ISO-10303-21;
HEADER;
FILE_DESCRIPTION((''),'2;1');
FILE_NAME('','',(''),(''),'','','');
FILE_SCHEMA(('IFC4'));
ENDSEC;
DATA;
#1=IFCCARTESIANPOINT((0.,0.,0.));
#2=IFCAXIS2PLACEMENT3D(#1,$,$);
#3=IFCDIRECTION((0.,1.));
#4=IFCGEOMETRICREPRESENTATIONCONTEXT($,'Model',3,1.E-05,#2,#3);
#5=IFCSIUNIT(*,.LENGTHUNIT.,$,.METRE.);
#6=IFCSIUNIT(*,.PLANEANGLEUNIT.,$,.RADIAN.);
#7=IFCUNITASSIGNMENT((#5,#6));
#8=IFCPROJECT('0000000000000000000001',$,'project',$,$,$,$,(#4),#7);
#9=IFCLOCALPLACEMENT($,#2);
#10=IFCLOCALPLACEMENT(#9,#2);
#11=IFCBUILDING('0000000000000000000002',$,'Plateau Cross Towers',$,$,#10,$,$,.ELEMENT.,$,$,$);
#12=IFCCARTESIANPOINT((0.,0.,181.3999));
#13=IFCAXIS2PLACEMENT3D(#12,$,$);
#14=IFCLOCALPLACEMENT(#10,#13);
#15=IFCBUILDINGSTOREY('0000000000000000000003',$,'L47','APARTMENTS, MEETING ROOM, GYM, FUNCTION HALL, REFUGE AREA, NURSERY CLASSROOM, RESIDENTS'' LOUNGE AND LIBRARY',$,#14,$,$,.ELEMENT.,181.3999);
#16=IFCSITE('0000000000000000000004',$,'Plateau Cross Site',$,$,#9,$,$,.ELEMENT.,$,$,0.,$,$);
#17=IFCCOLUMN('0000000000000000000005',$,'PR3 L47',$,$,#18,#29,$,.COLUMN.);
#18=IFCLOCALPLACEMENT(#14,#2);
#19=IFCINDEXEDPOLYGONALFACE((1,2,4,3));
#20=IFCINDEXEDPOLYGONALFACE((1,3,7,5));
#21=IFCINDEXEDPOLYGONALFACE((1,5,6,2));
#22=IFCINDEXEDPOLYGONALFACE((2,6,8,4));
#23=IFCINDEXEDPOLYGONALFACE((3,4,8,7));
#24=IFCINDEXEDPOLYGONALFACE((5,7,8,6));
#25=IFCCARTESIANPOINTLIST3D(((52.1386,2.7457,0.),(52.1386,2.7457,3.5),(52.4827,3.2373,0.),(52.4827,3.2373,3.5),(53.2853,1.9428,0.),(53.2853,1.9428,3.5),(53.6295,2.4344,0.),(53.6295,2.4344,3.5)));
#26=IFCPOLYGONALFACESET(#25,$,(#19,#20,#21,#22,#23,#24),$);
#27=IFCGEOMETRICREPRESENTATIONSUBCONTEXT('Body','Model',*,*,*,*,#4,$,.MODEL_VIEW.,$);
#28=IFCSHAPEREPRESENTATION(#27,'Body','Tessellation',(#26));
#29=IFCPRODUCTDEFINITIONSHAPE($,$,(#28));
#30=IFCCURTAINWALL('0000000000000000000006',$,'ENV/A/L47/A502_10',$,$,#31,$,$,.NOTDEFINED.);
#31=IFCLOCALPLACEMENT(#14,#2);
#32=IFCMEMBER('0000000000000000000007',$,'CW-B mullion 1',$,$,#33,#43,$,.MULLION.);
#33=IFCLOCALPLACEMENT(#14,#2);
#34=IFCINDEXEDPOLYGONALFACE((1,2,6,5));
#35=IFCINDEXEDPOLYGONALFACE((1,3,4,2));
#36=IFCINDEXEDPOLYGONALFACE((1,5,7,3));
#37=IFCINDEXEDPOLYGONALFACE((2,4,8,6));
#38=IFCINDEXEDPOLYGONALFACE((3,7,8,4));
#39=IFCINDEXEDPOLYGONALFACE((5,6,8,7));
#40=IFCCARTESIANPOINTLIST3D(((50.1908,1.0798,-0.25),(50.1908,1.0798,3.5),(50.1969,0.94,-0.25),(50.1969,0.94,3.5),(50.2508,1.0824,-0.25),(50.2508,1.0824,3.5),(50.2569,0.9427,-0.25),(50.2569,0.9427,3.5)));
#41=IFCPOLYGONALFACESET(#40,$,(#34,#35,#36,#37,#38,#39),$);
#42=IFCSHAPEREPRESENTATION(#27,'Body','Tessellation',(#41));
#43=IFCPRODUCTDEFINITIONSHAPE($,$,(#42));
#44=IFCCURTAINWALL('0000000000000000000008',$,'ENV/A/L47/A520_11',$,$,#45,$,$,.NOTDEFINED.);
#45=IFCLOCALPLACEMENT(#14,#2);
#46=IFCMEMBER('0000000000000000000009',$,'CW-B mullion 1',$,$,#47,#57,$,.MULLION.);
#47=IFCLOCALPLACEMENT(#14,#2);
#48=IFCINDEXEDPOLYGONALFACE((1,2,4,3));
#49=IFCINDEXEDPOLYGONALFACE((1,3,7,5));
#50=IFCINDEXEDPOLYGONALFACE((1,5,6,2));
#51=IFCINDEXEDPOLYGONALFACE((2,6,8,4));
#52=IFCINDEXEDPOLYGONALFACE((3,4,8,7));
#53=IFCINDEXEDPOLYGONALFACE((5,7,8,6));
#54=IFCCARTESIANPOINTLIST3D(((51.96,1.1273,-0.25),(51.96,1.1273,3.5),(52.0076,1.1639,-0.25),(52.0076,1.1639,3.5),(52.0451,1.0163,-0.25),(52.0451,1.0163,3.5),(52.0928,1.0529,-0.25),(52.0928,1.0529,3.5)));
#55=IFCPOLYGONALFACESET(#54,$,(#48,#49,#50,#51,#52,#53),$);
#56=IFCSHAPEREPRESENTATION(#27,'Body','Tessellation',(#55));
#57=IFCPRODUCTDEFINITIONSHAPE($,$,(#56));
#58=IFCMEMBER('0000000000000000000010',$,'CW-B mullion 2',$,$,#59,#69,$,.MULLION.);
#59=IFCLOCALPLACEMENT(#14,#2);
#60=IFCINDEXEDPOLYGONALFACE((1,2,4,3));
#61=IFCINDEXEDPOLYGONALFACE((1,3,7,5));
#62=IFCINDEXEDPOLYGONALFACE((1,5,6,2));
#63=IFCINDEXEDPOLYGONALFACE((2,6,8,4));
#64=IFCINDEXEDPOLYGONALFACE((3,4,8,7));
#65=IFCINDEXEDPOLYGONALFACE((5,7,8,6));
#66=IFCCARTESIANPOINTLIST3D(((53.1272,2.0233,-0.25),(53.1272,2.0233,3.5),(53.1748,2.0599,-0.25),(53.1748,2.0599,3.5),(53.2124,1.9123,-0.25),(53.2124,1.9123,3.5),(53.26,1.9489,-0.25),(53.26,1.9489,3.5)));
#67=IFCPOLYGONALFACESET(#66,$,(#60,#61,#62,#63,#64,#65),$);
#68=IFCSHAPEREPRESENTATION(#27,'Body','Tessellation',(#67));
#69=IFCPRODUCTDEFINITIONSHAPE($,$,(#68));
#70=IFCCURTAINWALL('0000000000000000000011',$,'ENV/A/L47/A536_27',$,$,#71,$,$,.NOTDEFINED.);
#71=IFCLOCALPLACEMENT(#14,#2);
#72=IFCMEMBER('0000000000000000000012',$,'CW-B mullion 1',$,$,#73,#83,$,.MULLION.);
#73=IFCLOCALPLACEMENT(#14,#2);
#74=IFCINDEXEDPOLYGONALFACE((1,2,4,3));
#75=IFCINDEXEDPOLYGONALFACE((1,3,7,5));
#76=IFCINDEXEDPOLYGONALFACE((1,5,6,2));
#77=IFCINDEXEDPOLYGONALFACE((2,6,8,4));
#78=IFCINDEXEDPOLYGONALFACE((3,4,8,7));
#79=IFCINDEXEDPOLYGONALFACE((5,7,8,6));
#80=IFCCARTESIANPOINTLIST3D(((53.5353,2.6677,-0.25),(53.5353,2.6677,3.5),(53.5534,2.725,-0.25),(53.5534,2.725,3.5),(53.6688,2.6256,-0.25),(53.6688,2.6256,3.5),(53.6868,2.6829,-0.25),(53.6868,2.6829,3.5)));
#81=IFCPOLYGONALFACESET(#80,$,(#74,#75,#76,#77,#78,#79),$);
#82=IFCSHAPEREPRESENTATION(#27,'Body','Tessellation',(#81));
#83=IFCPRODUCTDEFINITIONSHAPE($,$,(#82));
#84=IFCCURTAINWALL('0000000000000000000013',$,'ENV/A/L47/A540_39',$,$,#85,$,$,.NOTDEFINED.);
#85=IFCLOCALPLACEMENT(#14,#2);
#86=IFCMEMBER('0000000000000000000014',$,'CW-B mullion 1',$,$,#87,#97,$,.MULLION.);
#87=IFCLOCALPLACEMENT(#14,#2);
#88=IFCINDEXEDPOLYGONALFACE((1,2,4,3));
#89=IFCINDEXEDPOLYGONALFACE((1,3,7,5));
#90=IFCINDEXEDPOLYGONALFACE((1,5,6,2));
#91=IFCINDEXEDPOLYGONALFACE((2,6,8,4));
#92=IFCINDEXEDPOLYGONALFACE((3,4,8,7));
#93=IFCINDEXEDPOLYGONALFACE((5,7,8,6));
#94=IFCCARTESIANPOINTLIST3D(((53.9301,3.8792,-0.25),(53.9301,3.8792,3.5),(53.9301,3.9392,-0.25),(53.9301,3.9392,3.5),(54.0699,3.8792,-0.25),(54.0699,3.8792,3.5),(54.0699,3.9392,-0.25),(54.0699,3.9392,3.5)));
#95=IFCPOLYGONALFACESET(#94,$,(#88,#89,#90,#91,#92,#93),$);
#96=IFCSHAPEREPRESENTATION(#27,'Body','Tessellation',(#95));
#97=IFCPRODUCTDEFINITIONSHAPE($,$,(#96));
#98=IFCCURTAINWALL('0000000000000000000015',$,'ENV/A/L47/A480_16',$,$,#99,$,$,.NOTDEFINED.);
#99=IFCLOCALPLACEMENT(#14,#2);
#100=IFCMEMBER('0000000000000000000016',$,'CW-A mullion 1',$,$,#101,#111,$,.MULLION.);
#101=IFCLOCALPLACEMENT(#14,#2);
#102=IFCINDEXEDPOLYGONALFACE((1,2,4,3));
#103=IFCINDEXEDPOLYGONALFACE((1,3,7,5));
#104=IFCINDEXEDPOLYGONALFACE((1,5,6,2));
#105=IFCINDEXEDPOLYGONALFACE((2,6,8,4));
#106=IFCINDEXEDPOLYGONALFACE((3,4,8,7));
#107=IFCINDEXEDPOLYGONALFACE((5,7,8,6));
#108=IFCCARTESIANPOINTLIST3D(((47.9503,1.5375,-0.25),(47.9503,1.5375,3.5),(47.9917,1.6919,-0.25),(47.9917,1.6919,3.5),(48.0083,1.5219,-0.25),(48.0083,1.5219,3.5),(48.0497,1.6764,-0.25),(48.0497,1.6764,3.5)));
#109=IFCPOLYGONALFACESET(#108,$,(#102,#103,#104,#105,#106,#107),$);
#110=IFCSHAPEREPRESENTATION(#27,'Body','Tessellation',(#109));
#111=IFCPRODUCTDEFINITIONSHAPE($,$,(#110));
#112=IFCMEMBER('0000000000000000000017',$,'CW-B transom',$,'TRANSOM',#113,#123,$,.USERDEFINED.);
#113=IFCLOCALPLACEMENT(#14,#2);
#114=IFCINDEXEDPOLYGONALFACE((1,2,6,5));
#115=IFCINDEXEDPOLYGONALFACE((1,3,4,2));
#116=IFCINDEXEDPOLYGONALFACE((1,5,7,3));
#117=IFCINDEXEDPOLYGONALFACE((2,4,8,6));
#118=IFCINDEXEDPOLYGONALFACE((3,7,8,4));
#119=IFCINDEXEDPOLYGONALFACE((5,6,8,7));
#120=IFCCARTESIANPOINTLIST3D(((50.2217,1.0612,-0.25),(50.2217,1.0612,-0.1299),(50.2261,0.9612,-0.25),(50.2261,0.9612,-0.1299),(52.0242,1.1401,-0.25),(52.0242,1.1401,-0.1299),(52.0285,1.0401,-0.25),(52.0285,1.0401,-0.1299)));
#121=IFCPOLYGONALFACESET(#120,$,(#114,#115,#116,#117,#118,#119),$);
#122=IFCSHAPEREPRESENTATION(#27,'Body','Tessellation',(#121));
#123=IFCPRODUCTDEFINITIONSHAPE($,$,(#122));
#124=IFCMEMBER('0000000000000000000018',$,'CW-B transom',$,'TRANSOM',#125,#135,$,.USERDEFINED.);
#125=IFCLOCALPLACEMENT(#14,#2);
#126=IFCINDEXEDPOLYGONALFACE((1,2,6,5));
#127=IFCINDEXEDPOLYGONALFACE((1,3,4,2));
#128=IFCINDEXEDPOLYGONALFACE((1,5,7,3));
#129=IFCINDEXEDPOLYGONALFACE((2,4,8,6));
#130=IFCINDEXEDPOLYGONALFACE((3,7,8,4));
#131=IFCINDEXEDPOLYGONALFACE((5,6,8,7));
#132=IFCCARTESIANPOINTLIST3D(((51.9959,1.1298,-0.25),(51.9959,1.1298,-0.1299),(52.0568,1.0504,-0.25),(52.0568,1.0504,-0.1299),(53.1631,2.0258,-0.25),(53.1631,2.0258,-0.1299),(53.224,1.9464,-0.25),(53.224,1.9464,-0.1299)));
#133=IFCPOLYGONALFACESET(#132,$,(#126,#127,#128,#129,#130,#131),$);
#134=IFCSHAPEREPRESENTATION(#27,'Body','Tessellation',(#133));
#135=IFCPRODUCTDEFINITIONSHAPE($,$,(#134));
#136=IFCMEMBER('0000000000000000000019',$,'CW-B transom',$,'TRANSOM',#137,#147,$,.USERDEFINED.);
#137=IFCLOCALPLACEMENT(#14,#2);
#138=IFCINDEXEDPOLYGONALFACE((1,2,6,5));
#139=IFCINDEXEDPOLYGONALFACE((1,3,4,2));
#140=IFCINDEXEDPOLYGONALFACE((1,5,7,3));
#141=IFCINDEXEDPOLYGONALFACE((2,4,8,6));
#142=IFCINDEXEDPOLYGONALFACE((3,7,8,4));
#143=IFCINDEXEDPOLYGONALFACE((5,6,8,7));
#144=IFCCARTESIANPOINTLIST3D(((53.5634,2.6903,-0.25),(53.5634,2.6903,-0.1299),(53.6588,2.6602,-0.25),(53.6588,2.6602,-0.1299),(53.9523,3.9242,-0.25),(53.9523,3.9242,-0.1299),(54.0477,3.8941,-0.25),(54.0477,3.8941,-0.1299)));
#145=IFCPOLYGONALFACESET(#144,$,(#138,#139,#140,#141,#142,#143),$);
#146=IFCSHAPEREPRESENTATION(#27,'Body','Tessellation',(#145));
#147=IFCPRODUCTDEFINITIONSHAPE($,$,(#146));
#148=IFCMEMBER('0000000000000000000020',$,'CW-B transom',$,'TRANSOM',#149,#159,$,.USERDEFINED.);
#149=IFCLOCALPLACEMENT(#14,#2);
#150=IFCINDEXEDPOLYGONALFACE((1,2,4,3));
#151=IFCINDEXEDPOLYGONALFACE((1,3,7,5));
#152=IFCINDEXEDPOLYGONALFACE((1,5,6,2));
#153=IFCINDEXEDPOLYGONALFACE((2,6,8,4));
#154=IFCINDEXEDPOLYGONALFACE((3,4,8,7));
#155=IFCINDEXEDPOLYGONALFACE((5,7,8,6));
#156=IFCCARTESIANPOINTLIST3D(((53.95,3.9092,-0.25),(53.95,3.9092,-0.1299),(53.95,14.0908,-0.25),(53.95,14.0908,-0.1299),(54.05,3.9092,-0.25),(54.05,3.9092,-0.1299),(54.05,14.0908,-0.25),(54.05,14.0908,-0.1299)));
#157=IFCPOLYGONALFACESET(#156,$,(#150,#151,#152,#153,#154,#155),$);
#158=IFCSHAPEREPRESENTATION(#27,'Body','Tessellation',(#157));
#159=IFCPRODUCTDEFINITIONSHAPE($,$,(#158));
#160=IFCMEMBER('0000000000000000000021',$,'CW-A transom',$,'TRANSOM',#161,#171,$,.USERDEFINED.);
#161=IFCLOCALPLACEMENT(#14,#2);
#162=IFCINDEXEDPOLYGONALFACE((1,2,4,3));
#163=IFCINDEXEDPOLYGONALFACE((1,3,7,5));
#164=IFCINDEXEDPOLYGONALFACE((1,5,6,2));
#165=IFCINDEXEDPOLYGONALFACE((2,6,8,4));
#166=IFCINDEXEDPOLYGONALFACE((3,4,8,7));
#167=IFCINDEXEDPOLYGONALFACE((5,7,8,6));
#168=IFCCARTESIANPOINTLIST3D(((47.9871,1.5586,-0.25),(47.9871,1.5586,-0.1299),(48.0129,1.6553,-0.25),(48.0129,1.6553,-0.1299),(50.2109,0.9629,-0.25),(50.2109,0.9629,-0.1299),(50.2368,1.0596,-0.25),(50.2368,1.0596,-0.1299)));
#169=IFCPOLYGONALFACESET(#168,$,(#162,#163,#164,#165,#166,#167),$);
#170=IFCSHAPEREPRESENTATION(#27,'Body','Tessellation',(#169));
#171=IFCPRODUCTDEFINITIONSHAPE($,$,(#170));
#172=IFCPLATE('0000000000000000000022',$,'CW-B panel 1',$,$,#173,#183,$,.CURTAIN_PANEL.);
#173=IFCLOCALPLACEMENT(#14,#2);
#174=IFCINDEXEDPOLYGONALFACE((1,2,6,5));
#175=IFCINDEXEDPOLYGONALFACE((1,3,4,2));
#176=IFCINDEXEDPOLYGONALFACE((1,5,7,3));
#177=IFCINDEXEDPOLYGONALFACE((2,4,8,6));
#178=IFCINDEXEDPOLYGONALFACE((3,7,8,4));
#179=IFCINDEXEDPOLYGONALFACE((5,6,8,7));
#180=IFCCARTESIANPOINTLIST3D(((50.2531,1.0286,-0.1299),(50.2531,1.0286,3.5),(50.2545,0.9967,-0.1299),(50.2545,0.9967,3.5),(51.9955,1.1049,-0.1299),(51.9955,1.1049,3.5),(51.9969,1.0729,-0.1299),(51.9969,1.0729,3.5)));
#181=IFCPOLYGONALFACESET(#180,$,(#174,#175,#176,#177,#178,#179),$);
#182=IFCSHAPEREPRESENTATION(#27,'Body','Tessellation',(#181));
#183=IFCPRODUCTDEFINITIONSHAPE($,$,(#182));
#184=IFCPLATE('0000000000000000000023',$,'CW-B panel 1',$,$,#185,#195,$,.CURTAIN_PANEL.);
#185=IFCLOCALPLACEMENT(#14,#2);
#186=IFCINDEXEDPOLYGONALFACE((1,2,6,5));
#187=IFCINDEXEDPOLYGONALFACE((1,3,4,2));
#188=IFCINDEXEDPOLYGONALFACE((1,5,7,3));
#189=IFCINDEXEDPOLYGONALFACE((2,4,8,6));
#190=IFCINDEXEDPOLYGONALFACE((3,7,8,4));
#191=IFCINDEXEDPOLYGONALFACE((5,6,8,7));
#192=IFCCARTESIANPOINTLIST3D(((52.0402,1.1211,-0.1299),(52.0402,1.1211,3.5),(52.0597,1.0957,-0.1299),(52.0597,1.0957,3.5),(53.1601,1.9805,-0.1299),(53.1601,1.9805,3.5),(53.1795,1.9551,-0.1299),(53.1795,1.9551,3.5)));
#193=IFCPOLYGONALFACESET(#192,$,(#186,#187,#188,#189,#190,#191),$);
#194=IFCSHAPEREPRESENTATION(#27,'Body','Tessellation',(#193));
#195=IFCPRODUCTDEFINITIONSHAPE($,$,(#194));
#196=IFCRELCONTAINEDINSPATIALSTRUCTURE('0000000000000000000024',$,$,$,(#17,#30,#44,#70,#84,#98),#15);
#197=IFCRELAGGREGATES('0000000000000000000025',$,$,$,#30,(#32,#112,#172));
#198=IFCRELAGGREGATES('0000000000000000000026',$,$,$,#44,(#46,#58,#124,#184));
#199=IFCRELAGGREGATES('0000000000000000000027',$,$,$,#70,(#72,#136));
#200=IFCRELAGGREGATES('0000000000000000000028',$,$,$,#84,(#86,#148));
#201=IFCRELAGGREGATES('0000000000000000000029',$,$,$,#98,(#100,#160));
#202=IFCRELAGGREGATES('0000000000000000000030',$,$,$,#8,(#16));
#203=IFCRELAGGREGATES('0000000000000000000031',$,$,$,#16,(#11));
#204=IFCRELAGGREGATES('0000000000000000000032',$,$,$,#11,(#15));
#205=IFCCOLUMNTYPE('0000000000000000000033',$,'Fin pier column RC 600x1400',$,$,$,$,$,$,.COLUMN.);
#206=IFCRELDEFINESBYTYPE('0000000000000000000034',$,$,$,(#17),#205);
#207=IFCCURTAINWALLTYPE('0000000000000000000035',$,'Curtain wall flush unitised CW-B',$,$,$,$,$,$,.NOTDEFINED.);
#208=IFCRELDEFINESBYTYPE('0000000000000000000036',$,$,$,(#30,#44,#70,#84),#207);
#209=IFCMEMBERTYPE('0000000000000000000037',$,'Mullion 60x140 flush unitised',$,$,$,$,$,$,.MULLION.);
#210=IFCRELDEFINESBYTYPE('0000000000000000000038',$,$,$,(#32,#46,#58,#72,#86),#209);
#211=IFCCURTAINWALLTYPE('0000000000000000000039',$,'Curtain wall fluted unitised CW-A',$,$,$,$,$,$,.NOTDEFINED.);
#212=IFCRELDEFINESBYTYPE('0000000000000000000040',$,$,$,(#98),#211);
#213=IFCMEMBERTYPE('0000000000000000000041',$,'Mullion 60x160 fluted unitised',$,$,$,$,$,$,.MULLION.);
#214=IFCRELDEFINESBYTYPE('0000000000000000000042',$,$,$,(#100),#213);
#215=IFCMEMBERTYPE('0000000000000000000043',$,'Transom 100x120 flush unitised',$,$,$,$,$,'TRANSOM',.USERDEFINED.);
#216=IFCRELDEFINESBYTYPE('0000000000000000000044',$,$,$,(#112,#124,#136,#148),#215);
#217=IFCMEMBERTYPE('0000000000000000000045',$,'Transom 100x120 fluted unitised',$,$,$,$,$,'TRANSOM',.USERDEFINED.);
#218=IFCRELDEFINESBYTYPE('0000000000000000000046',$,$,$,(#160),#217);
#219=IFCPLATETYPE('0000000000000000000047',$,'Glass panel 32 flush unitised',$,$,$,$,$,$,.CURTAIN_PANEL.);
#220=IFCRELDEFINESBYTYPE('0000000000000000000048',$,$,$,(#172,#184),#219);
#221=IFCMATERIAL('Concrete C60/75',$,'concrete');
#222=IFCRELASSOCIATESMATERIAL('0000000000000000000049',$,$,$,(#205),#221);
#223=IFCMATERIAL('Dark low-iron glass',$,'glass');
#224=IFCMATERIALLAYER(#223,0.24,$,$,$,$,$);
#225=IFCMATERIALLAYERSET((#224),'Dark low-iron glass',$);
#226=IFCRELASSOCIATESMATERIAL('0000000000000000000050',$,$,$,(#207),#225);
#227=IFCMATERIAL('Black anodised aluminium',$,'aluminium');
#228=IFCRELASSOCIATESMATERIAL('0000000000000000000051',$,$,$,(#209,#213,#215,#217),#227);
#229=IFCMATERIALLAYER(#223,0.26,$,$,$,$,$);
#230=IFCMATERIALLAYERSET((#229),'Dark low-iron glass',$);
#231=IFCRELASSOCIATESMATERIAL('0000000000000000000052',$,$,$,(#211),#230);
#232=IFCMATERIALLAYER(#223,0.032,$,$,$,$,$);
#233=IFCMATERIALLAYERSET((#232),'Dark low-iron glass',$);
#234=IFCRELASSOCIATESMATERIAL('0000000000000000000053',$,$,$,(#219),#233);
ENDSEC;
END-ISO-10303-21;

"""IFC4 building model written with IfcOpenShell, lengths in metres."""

from ifc_helpers import new_model, si_unit, direction, frame, origin, origin_2d, place, context, subcontext, project, spatial, rectangle, extrude, material, layer, layer_set, material_profile, profile_set, type_object, element, aggregate, save


model = new_model("IFC4")

# Units and contexts
model_context = context("Model", 3, precision=1e-05, world=origin(), true_north=direction((0.0, 1.0)))
body_context = subcontext(model_context, "Body", "Model", "MODEL_VIEW")
ifc_project = project(units=[si_unit("LENGTHUNIT", "METRE"), si_unit("PLANEANGLEUNIT", "RADIAN")], contexts=[model_context])

# Site, building, storey
site_placement = place(None, origin())
site = spatial("IfcSite", under=ifc_project, at=site_placement, Name="Plateau Cross Site", CompositionType="ELEMENT", RefElevation=0.0)
building_placement = place(site_placement, origin())
building = spatial("IfcBuilding", under=site, at=building_placement, Name="Plateau Cross Towers", CompositionType="ELEMENT")
storey_placement = place(building_placement, frame((0.0, 0.0, 181.3999)))
storey = spatial("IfcBuildingStorey", under=building, at=storey_placement, Name="L47", Description="APARTMENTS, MEETING ROOM, GYM, FUNCTION HALL, REFUGE AREA, NURSERY CLASSROOM, RESIDENTS' LOUNGE AND LIBRARY", CompositionType="ELEMENT", Elevation=181.3999)

# Column
ifc_material_1 = material(Name="Concrete C60/75", Category="concrete")
ifc_material_profile_1 = material_profile(ifc_material_1, rectangle(XDim=0.6001, YDim=1.3999, at=origin_2d()), Name="RC 600x1400")
ifc_profile_set_1 = profile_set([ifc_material_profile_1], Name="Concrete C60/75")
column_type = type_object("IfcColumnType", Name="Fin pier column RC 600x1400", PredefinedType="COLUMN", material=ifc_profile_set_1)
column_placement = place(storey_placement, frame((52.884, 2.5901, 0.0), z_axis=(0.0, 0.0, 1.0), x_axis=(0.573543, 0.819176, 0.0)))
element("IfcColumn", 1, at=column_placement, inside=storey, type_object=column_type, Name="PR3 L47", PredefinedType="COLUMN", context=body_context, shape_type="SweptSolid", body=[
    extrude(rectangle(XDim=0.6001, YDim=1.3999, at=origin_2d()), origin(), (0.0, 0.0, 1.0), 3.5),
])

# Curtain wall, member
ifc_material_2 = material(Name="Dark low-iron glass", Category="glass")
ifc_layer_1 = layer(ifc_material_2, 0.24)
ifc_layer_set_1 = layer_set([ifc_layer_1], Name="Dark low-iron glass")
curtain_wall_type_1 = type_object("IfcCurtainWallType", Name="Curtain wall flush unitised CW-B", PredefinedType="NOTDEFINED", material=ifc_layer_set_1)
curtain_wall_1_placement = place(storey_placement, origin())
curtain_wall_1 = element("IfcCurtainWall", 2, at=curtain_wall_1_placement, inside=storey, type_object=curtain_wall_type_1, Name="ENV/A/L47/A502_10", PredefinedType="NOTDEFINED")
ifc_material_3 = material(Name="Black anodised aluminium", Category="aluminium")
ifc_material_profile_2 = material_profile(ifc_material_3, rectangle(XDim=0.0601, YDim=0.1399, at=origin_2d()), Name="MULLION 60x140")
ifc_profile_set_2 = profile_set([ifc_material_profile_2], Name="Black anodised aluminium")
member_type_1 = type_object("IfcMemberType", Name="Mullion 60x140 flush unitised", PredefinedType="MULLION", material=ifc_profile_set_2)
member_1_placement = place(storey_placement, frame((50.2239, 1.0112, -0.25), z_axis=(0.0, 0.0, 1.0), x_axis=(0.999044, 0.043723, 0.0)))
member_1 = element("IfcMember", 3, at=member_1_placement, type_object=member_type_1, Name="CW-B mullion 1", PredefinedType="MULLION", context=body_context, shape_type="SweptSolid", body=[
    extrude(rectangle(XDim=0.0601, YDim=0.1399, at=origin_2d()), origin(), (0.0, 0.0, 1.0), 3.75),
])

# Curtain wall, members
curtain_wall_2_placement = place(storey_placement, origin())
curtain_wall_2 = element("IfcCurtainWall", 4, at=curtain_wall_2_placement, inside=storey, type_object=curtain_wall_type_1, Name="ENV/A/L47/A520_11", PredefinedType="NOTDEFINED")
member_2_placement = place(storey_placement, frame((52.0264, 1.0901, -0.25), z_axis=(0.0, 0.0, 1.0), x_axis=(0.793316, 0.608811, 0.0)))
member_2 = element("IfcMember", 5, at=member_2_placement, type_object=member_type_1, Name="CW-B mullion 1", PredefinedType="MULLION", context=body_context, shape_type="SweptSolid", body=[
    extrude(rectangle(XDim=0.0601, YDim=0.1399, at=origin_2d()), origin(), (0.0, 0.0, 1.0), 3.75),
])
member_3_placement = place(storey_placement, frame((53.1936, 1.9861, -0.25), z_axis=(0.0, 0.0, 1.0), x_axis=(0.793316, 0.608811, 0.0)))
member_3 = element("IfcMember", 6, at=member_3_placement, type_object=member_type_1, Name="CW-B mullion 2", PredefinedType="MULLION", context=body_context, shape_type="SweptSolid", body=[
    extrude(rectangle(XDim=0.0601, YDim=0.1399, at=origin_2d()), origin(), (0.0, 0.0, 1.0), 3.75),
])

# Curtain walls, members
curtain_wall_3_placement = place(storey_placement, origin())
curtain_wall_3 = element("IfcCurtainWall", 7, at=curtain_wall_3_placement, inside=storey, type_object=curtain_wall_type_1, Name="ENV/A/L47/A536_27", PredefinedType="NOTDEFINED")
member_4_placement = place(storey_placement, frame((53.6111, 2.6753, -0.25), z_axis=(0.0, 0.0, 1.0), x_axis=(0.300686, 0.953723, 0.0)))
member_4 = element("IfcMember", 8, at=member_4_placement, type_object=member_type_1, Name="CW-B mullion 1", PredefinedType="MULLION", context=body_context, shape_type="SweptSolid", body=[
    extrude(rectangle(XDim=0.0601, YDim=0.1399, at=origin_2d()), origin(), (0.0, 0.0, 1.0), 3.75),
])
curtain_wall_4_placement = place(storey_placement, origin())
curtain_wall_4 = element("IfcCurtainWall", 9, at=curtain_wall_4_placement, inside=storey, type_object=curtain_wall_type_1, Name="ENV/A/L47/A540_39", PredefinedType="NOTDEFINED")
member_5_placement = place(storey_placement, frame((54.0, 3.9092, -0.25), z_axis=(0.0, 0.0, 1.0), x_axis=(0.0, 1.0, 0.0)))
member_5 = element("IfcMember", 10, at=member_5_placement, type_object=member_type_1, Name="CW-B mullion 1", PredefinedType="MULLION", context=body_context, shape_type="SweptSolid", body=[
    extrude(rectangle(XDim=0.0601, YDim=0.1399, at=origin_2d()), origin(), (0.0, 0.0, 1.0), 3.75),
])
ifc_layer_2 = layer(ifc_material_2, 0.26)
ifc_layer_set_2 = layer_set([ifc_layer_2], Name="Dark low-iron glass")
curtain_wall_type_2 = type_object("IfcCurtainWallType", Name="Curtain wall fluted unitised CW-A", PredefinedType="NOTDEFINED", material=ifc_layer_set_2)
curtain_wall_5_placement = place(storey_placement, origin())
curtain_wall_5 = element("IfcCurtainWall", 11, at=curtain_wall_5_placement, inside=storey, type_object=curtain_wall_type_2, Name="ENV/A/L47/A480_16", PredefinedType="NOTDEFINED")
ifc_material_profile_3 = material_profile(ifc_material_3, rectangle(XDim=0.0601, YDim=0.1599, at=origin_2d()), Name="MULLION 60x160")
ifc_profile_set_3 = profile_set([ifc_material_profile_3], Name="Black anodised aluminium")
member_type_2 = type_object("IfcMemberType", Name="Mullion 60x160 fluted unitised", PredefinedType="MULLION", material=ifc_profile_set_3)
member_6_placement = place(storey_placement, frame((48.0, 1.6069, -0.25), z_axis=(0.0, 0.0, 1.0), x_axis=(0.965958, -0.258699, 0.0)))
member_6 = element("IfcMember", 12, at=member_6_placement, type_object=member_type_2, Name="CW-A mullion 1", PredefinedType="MULLION", context=body_context, shape_type="SweptSolid", body=[
    extrude(rectangle(XDim=0.0601, YDim=0.1599, at=origin_2d()), origin(), (0.0, 0.0, 1.0), 3.75),
])

# Members
ifc_material_profile_4 = material_profile(ifc_material_3, rectangle(XDim=0.1001, YDim=0.1201, at=origin_2d()), Name="TRANSOM 100x120")
ifc_profile_set_4 = profile_set([ifc_material_profile_4], Name="Black anodised aluminium")
member_type_3 = type_object("IfcMemberType", Name="Transom 100x120 flush unitised", ElementType="TRANSOM", PredefinedType="USERDEFINED", material=ifc_profile_set_4)
member_7_placement = place(storey_placement, frame((50.2239, 1.0112, -0.1899), z_axis=(0.999044, 0.043707, 0.0), x_axis=(-0.043707, 0.999044, 0.0)))
member_7 = element("IfcMember", 13, at=member_7_placement, type_object=member_type_3, Name="CW-B transom", ObjectType="TRANSOM", PredefinedType="USERDEFINED", context=body_context, shape_type="SweptSolid", body=[
    extrude(rectangle(XDim=0.1001, YDim=0.1201, at=origin_2d()), origin(), (0.0, 0.0, 1.0), 1.8042),
])
member_8_placement = place(storey_placement, frame((52.0264, 1.0901, -0.1899), z_axis=(0.79324, 0.608909, 0.0), x_axis=(-0.608909, 0.79324, 0.0)))
member_8 = element("IfcMember", 14, at=member_8_placement, type_object=member_type_3, Name="CW-B transom", ObjectType="TRANSOM", PredefinedType="USERDEFINED", context=body_context, shape_type="SweptSolid", body=[
    extrude(rectangle(XDim=0.1001, YDim=0.1201, at=origin_2d()), origin(), (0.0, 0.0, 1.0), 1.4714),
])
member_9_placement = place(storey_placement, frame((53.6111, 2.6753, -0.1899), z_axis=(0.300617, 0.953745, 0.0), x_axis=(-0.953745, 0.300617, 0.0)))
member_9 = element("IfcMember", 15, at=member_9_placement, type_object=member_type_3, Name="CW-B transom", ObjectType="TRANSOM", PredefinedType="USERDEFINED", context=body_context, shape_type="SweptSolid", body=[
    extrude(rectangle(XDim=0.1001, YDim=0.1201, at=origin_2d()), origin(), (0.0, 0.0, 1.0), 1.2937),
])
member_10_placement = place(storey_placement, frame((54.0, 3.9092, -0.1899), z_axis=(0.0, 1.0, 0.0), x_axis=(-1.0, 0.0, 0.0)))
member_10 = element("IfcMember", 16, at=member_10_placement, type_object=member_type_3, Name="CW-B transom", ObjectType="TRANSOM", PredefinedType="USERDEFINED", context=body_context, shape_type="SweptSolid", body=[
    extrude(rectangle(XDim=0.1001, YDim=0.1201, at=origin_2d()), origin(), (0.0, 0.0, 1.0), 10.1816),
])
ifc_material_profile_5 = material_profile(ifc_material_3, rectangle(XDim=0.1001, YDim=0.1201, at=origin_2d()), Name="TRANSOM 100x120")
ifc_profile_set_5 = profile_set([ifc_material_profile_5], Name="Black anodised aluminium")
member_type_4 = type_object("IfcMemberType", Name="Transom 100x120 fluted unitised", ElementType="TRANSOM", PredefinedType="USERDEFINED", material=ifc_profile_set_5)
member_11_placement = place(storey_placement, frame((48.0, 1.6069, -0.1899), z_axis=(0.965946, -0.258745, 0.0), x_axis=(0.258745, 0.965946, 0.0)))
member_11 = element("IfcMember", 17, at=member_11_placement, type_object=member_type_4, Name="CW-A transom", ObjectType="TRANSOM", PredefinedType="USERDEFINED", context=body_context, shape_type="SweptSolid", body=[
    extrude(rectangle(XDim=0.1001, YDim=0.1201, at=origin_2d()), origin(), (0.0, 0.0, 1.0), 2.3022),
])

# Plates
ifc_layer_3 = layer(ifc_material_2, 0.032)
ifc_layer_set_3 = layer_set([ifc_layer_3], Name="Dark low-iron glass")
plate_type_1 = type_object("IfcPlateType", Name="Glass panel 32 flush unitised", PredefinedType="CURTAIN_PANEL", material=ifc_layer_set_3)
plate_1_placement = place(storey_placement, frame((51.125, 1.0508, -0.1299), z_axis=(0.0, 0.0, 1.0), x_axis=(0.999044, 0.043723, 0.0)))
plate_1 = element("IfcPlate", 18, at=plate_1_placement, type_object=plate_type_1, Name="CW-B panel 1", PredefinedType="CURTAIN_PANEL", context=body_context, shape_type="SweptSolid", body=[
    extrude(rectangle(XDim=1.7441, YDim=0.032, at=origin_2d()), origin(), (0.0, 0.0, 1.0), 3.6299),
])
aggregate(curtain_wall_1, [member_1, member_7, plate_1])
plate_2_placement = place(storey_placement, frame((52.6099, 1.5381, -0.1299), z_axis=(0.0, 0.0, 1.0), x_axis=(0.793316, 0.608811, 0.0)))
plate_2 = element("IfcPlate", 19, at=plate_2_placement, type_object=plate_type_1, Name="CW-B panel 1", PredefinedType="CURTAIN_PANEL", context=body_context, shape_type="SweptSolid", body=[
    extrude(rectangle(XDim=1.4116, YDim=0.032, at=origin_2d()), origin(), (0.0, 0.0, 1.0), 3.6299),
])
aggregate(curtain_wall_2, [member_2, member_3, member_8, plate_2])
aggregate(curtain_wall_3, [member_4, member_9])
aggregate(curtain_wall_4, [member_5, member_10])

aggregate(curtain_wall_5, [member_6, member_11])

save(model, "model.ifc")
